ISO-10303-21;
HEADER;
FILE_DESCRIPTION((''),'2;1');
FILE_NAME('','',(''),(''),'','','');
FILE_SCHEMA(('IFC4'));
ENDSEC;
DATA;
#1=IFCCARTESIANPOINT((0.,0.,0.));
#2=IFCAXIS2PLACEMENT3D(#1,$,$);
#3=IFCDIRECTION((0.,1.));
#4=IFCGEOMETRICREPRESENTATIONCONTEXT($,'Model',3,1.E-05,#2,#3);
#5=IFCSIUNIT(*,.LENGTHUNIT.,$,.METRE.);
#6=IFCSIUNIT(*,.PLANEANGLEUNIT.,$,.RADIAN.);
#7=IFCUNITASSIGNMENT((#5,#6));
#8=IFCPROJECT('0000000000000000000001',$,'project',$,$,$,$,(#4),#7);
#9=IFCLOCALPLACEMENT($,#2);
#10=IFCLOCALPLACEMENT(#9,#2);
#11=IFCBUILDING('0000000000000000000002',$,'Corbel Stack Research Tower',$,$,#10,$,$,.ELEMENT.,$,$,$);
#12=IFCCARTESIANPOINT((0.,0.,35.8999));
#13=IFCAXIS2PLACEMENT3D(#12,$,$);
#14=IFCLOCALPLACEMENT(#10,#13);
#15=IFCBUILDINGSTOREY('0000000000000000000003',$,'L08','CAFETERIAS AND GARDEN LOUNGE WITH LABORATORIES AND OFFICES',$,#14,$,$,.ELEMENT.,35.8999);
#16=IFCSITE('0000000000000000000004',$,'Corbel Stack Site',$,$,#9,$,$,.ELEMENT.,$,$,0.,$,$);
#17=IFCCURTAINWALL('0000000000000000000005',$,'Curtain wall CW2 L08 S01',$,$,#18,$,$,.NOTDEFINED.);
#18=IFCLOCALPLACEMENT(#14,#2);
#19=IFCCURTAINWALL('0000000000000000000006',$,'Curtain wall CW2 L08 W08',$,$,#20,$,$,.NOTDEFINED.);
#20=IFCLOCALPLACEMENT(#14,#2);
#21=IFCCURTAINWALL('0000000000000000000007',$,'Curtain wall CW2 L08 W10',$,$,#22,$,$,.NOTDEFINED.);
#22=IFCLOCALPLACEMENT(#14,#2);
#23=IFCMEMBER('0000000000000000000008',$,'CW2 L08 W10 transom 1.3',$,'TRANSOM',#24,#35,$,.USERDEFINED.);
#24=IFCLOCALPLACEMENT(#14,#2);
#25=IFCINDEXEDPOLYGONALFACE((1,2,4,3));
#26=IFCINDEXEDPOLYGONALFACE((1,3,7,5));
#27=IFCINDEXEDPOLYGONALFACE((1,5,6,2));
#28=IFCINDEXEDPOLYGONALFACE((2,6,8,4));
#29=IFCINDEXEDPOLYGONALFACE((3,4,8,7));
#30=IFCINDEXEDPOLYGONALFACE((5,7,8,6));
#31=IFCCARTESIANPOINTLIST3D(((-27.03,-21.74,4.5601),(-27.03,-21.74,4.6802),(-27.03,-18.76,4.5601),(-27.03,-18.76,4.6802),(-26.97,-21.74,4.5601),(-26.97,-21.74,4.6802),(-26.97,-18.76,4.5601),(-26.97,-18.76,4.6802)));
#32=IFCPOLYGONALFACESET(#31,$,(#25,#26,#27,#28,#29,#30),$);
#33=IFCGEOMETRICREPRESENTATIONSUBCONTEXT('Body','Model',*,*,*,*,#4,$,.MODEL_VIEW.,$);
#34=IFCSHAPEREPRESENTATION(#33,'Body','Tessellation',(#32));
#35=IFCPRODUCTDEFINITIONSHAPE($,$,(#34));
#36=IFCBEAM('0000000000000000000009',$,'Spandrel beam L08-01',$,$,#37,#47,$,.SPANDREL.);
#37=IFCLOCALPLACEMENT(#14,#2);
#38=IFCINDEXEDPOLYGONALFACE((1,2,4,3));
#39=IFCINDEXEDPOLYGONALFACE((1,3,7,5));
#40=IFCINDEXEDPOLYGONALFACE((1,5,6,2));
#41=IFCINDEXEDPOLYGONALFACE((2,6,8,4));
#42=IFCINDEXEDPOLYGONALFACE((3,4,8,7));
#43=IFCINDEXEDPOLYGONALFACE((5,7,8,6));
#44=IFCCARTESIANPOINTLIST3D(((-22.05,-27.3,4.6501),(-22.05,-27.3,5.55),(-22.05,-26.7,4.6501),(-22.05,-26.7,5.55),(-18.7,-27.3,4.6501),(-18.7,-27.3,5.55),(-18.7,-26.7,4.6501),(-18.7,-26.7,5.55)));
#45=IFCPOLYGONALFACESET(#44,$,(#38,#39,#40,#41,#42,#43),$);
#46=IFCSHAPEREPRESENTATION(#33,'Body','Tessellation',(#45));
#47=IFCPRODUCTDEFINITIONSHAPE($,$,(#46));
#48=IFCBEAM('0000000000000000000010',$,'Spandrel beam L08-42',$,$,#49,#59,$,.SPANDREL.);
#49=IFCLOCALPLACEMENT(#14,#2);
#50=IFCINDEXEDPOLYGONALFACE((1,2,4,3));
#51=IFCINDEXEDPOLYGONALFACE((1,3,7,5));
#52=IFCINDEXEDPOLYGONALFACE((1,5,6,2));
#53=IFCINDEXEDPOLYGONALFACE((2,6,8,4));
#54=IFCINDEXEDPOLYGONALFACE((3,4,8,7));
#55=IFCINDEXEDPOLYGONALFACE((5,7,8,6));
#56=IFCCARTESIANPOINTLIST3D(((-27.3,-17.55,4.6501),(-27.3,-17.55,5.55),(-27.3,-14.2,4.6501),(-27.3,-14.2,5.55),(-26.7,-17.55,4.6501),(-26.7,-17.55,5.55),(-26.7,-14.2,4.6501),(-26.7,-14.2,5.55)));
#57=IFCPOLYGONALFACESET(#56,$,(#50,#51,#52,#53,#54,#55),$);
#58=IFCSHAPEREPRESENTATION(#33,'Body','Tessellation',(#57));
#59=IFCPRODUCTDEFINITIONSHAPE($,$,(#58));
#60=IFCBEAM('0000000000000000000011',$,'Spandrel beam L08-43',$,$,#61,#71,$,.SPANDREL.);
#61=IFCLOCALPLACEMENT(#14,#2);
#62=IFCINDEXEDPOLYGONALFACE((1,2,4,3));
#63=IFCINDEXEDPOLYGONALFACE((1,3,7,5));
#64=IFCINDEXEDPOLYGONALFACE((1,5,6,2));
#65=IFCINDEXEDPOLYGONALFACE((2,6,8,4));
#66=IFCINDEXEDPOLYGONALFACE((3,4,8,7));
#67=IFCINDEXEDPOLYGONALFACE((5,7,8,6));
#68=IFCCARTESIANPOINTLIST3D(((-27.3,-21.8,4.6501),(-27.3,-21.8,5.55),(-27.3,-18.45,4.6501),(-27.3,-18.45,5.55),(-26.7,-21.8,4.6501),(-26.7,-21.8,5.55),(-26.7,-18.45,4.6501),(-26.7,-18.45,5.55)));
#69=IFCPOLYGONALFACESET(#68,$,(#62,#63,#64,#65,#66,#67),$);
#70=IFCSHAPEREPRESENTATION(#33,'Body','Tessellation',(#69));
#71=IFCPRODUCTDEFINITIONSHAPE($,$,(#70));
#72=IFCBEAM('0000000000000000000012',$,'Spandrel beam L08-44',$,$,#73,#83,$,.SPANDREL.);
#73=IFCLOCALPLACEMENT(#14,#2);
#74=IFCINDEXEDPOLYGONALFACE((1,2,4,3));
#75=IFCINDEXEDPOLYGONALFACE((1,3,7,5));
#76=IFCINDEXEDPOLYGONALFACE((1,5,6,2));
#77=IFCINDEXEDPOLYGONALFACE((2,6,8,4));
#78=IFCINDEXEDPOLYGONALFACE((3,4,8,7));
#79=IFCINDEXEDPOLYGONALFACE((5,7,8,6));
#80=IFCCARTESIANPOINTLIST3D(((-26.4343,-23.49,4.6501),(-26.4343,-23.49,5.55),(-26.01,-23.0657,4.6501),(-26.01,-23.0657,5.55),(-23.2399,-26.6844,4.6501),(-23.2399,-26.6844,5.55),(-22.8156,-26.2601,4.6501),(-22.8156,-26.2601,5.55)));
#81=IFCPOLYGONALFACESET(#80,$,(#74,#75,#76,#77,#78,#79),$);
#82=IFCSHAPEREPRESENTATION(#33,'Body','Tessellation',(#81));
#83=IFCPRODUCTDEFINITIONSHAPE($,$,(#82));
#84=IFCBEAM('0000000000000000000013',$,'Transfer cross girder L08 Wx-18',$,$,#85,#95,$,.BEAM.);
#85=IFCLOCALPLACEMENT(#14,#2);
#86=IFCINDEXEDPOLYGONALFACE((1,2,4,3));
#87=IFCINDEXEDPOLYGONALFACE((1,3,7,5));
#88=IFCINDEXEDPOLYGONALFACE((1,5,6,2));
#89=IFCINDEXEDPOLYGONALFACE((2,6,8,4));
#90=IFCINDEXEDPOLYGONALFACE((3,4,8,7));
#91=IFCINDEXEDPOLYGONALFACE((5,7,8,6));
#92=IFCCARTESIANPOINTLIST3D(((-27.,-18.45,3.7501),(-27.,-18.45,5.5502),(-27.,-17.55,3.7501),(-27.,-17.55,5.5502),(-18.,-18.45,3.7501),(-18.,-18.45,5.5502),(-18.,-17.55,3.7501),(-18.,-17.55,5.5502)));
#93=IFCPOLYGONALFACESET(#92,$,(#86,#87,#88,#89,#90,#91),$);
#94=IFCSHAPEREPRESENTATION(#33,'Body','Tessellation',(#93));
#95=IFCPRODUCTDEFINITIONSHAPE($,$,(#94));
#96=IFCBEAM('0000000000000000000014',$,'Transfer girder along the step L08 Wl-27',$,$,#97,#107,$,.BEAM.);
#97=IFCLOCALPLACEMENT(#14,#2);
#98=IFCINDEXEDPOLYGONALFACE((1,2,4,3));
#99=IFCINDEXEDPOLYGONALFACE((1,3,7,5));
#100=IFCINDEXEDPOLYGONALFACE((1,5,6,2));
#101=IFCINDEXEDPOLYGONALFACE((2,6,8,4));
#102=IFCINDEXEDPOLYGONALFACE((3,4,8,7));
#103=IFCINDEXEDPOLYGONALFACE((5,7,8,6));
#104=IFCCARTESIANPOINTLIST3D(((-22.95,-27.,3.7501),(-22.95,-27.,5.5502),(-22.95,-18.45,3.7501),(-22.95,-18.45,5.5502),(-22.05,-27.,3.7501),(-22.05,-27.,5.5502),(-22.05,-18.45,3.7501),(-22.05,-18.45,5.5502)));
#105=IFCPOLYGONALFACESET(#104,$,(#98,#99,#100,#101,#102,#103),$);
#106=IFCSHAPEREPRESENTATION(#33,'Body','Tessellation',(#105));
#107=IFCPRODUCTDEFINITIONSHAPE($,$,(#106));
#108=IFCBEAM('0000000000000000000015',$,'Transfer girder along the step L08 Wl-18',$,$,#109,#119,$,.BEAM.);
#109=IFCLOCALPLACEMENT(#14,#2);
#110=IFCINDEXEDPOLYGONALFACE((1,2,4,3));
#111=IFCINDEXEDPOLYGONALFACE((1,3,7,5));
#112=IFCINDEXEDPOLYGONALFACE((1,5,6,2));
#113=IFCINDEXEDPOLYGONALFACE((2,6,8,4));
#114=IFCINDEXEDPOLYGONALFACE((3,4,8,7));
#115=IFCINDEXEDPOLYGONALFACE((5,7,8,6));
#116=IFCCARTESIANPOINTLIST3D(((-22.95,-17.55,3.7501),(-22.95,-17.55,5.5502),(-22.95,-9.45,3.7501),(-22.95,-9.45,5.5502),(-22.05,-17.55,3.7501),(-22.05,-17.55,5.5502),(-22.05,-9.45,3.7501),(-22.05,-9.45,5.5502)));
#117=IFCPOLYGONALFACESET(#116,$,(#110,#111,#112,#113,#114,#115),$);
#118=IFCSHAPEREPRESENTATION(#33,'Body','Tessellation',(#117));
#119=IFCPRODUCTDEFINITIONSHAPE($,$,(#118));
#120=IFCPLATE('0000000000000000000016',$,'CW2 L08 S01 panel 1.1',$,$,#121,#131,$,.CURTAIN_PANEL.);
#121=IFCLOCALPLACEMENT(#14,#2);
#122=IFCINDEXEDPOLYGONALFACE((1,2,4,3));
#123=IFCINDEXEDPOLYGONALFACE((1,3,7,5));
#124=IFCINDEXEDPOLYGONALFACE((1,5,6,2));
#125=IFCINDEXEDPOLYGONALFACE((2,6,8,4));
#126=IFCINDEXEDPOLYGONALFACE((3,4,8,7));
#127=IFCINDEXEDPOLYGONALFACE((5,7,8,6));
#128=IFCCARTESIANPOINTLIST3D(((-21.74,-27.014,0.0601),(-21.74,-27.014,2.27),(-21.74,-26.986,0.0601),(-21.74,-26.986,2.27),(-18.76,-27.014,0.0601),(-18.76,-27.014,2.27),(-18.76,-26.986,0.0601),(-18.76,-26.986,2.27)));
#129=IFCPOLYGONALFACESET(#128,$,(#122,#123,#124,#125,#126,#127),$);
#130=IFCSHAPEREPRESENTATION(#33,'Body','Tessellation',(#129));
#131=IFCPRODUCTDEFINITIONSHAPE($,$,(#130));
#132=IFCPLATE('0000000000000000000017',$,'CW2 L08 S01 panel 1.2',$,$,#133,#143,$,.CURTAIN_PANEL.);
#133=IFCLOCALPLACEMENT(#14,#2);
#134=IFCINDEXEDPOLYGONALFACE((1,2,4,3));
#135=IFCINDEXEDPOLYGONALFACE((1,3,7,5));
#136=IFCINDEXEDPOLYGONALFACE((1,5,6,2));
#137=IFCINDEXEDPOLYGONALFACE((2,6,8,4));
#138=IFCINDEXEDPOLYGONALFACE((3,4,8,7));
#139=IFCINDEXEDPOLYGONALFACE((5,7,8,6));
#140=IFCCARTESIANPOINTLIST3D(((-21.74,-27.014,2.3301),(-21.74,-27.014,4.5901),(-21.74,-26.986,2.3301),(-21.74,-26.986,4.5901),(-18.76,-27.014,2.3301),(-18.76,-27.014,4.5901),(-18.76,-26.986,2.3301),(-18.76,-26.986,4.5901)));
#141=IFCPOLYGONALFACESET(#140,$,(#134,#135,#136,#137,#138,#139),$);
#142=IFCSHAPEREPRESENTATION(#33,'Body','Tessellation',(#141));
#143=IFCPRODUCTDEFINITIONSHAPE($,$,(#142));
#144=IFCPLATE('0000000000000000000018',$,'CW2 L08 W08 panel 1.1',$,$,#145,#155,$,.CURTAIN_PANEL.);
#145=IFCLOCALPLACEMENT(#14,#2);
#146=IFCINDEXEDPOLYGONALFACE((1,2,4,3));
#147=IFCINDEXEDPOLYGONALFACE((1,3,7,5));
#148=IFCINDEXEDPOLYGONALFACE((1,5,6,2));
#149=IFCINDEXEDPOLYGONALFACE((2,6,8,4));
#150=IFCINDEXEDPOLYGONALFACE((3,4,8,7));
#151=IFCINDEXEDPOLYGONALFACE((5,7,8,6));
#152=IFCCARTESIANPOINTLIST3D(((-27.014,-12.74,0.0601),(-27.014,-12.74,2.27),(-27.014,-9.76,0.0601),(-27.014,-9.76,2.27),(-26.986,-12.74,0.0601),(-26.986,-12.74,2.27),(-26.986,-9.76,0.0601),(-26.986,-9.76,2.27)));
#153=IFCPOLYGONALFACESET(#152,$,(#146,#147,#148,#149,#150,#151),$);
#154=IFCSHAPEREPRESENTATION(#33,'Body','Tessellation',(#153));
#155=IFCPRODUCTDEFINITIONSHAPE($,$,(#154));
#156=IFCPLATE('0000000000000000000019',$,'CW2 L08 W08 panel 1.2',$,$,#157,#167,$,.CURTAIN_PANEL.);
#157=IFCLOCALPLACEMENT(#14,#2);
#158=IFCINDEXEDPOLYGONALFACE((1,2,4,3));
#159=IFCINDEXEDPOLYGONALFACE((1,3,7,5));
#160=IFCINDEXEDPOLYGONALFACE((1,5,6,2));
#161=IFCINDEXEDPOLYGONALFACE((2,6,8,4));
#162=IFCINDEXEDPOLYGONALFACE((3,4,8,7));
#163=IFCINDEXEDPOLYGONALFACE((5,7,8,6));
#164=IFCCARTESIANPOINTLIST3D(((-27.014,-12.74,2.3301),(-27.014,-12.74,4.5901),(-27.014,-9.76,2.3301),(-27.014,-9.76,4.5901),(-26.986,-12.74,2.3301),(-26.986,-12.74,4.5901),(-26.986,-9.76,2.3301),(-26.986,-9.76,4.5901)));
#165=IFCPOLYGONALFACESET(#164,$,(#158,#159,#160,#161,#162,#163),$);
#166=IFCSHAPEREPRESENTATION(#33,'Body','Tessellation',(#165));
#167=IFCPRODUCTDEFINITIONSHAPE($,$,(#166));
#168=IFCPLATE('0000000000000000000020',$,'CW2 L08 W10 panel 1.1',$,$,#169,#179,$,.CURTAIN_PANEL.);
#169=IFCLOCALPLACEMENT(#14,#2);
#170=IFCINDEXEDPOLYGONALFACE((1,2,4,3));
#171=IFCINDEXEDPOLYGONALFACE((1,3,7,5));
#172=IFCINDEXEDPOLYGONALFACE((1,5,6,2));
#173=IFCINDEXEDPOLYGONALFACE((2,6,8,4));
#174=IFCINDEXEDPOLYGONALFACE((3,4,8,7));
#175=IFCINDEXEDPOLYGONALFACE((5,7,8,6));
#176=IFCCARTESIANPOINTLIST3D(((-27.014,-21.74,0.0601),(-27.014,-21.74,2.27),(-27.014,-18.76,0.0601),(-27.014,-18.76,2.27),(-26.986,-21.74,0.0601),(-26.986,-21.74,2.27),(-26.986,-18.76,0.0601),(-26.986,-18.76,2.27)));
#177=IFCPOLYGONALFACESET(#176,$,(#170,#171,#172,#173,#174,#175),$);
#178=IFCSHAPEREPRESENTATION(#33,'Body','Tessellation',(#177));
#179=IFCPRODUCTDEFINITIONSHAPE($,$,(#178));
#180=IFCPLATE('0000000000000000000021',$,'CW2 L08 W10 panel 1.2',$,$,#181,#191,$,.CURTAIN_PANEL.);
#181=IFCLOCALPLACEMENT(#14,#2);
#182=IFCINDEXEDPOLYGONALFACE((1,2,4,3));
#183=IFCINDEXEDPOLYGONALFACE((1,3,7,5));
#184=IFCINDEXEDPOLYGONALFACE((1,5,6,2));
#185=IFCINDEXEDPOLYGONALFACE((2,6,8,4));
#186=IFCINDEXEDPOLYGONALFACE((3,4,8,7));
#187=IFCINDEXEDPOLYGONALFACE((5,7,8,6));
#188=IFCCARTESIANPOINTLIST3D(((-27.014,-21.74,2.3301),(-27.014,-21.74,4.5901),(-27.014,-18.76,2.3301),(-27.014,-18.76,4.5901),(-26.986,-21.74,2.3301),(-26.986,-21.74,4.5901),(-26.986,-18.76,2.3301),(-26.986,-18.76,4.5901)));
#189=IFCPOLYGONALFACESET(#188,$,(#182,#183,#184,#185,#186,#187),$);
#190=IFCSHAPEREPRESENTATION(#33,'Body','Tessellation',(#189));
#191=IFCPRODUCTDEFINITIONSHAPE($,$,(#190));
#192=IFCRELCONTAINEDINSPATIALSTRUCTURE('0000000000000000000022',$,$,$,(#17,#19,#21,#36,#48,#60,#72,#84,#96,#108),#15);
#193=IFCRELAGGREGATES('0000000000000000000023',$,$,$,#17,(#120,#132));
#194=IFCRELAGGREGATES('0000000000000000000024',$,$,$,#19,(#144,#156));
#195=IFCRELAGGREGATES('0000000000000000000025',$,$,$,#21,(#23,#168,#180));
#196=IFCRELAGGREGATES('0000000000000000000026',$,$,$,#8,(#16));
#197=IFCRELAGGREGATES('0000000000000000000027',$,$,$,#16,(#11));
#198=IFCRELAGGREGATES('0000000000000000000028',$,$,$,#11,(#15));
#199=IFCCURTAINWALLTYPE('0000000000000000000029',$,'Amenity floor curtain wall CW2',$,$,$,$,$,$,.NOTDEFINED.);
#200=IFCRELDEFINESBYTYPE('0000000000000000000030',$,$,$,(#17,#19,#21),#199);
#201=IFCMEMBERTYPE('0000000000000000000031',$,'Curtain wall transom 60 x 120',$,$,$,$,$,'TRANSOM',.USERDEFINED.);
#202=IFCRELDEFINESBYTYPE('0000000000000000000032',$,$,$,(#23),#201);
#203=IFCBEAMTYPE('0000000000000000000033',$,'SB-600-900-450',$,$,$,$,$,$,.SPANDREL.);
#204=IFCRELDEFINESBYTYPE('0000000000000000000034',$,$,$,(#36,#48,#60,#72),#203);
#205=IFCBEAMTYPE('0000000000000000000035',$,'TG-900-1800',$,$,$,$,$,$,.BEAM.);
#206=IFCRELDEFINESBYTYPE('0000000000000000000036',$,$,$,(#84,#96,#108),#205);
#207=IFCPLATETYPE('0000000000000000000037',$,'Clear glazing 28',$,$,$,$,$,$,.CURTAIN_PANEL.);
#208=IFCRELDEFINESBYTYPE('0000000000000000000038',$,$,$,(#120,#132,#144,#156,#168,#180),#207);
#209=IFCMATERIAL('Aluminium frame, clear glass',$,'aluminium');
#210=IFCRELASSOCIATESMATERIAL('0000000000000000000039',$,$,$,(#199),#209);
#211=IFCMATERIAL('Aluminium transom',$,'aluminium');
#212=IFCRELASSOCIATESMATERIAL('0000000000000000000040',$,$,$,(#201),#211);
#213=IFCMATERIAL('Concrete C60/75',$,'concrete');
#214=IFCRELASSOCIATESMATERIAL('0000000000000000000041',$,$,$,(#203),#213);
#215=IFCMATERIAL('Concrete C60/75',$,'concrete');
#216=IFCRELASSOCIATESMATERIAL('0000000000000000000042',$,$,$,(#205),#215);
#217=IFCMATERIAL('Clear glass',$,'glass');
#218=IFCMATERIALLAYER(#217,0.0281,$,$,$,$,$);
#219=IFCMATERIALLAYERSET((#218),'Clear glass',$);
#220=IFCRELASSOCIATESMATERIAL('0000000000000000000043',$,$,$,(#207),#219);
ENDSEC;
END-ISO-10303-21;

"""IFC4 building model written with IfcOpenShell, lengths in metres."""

from ifc_helpers import new_model, si_unit, direction, frame, origin, origin_2d, place, context, subcontext, project, spatial, rectangle, extrude, material, layer, layer_set, material_profile, profile_set, type_object, element, aggregate, save


model = new_model("IFC4")

# Units and contexts
model_context = context("Model", 3, precision=1e-05, world=origin(), true_north=direction((0.0, 1.0)))
body_context = subcontext(model_context, "Body", "Model", "MODEL_VIEW")
ifc_project = project(units=[si_unit("LENGTHUNIT", "METRE"), si_unit("PLANEANGLEUNIT", "RADIAN")], contexts=[model_context])

# Site, building, storey
site_placement = place(None, origin())
site = spatial("IfcSite", under=ifc_project, at=site_placement, Name="Corbel Stack Site", CompositionType="ELEMENT", RefElevation=0.0)
building_placement = place(site_placement, origin())
building = spatial("IfcBuilding", under=site, at=building_placement, Name="Corbel Stack Research Tower", CompositionType="ELEMENT")
storey_placement = place(building_placement, frame((0.0, 0.0, 35.8999)))
storey = spatial("IfcBuildingStorey", under=building, at=storey_placement, Name="L08", Description="CAFETERIAS AND GARDEN LOUNGE WITH LABORATORIES AND OFFICES", CompositionType="ELEMENT", Elevation=35.8999)

# Curtain wall
ifc_material_1 = material(Name="Aluminium frame, clear glass", Category="aluminium")
curtain_wall_type = type_object("IfcCurtainWallType", Name="Amenity floor curtain wall CW2", PredefinedType="NOTDEFINED", material=ifc_material_1)
curtain_wall_1_placement = place(storey_placement, origin())
curtain_wall_1 = element("IfcCurtainWall", 1, at=curtain_wall_1_placement, inside=storey, type_object=curtain_wall_type, Name="Curtain wall CW2 L08 S01", PredefinedType="NOTDEFINED")

# Curtain wall
curtain_wall_2_placement = place(storey_placement, origin())
curtain_wall_2 = element("IfcCurtainWall", 2, at=curtain_wall_2_placement, inside=storey, type_object=curtain_wall_type, Name="Curtain wall CW2 L08 W08", PredefinedType="NOTDEFINED")

# Curtain wall
curtain_wall_3_placement = place(storey_placement, origin())
curtain_wall_3 = element("IfcCurtainWall", 3, at=curtain_wall_3_placement, inside=storey, type_object=curtain_wall_type, Name="Curtain wall CW2 L08 W10", PredefinedType="NOTDEFINED")

# Member
ifc_material_2 = material(Name="Aluminium transom", Category="aluminium")
ifc_material_profile_1 = material_profile(ifc_material_2, rectangle(XDim=0.0601, YDim=0.1201, at=origin_2d()), Name="Transom 60 x 120")
ifc_profile_set_1 = profile_set([ifc_material_profile_1], Name="Aluminium transom")
member_type_1 = type_object("IfcMemberType", Name="Curtain wall transom 60 x 120", ElementType="TRANSOM", PredefinedType="USERDEFINED", material=ifc_profile_set_1)
member_1_placement = place(storey_placement, frame((-27.0, -18.76, 4.6201), z_axis=(0.0, -1.0, 0.0), x_axis=(1.0, 0.0, 0.0)))
member_1 = element("IfcMember", 4, at=member_1_placement, type_object=member_type_1, Name="CW2 L08 W10 transom 1.3", ObjectType="TRANSOM", PredefinedType="USERDEFINED", context=body_context, shape_type="SweptSolid", body=[
    extrude(rectangle(XDim=0.0601, YDim=0.1201, at=origin_2d()), origin(), (0.0, 0.0, 1.0), 2.98),
])

# Beams
ifc_material_3 = material(Name="Concrete C60/75", Category="concrete")
ifc_material_profile_2 = material_profile(ifc_material_3, rectangle(XDim=0.6001, YDim=0.8999, at=origin_2d()), Name="RC 600 x 900")
ifc_profile_set_2 = profile_set([ifc_material_profile_2], Name="Concrete C60/75")
beam_type_1 = type_object("IfcBeamType", Name="SB-600-900-450", PredefinedType="SPANDREL", material=ifc_profile_set_2)
for number, where, z_axis, x_axis, name in (
    (5, (-22.05, -27.0, 5.1001), (1.0, 0.0, 0.0), (0.0, 1.0, 0.0), "Spandrel beam L08-01"),
    (6, (-27.0, -14.2, 5.1001), (0.0, -1.0, 0.0), (1.0, 0.0, 0.0), "Spandrel beam L08-42"),
    (7, (-27.0, -18.45, 5.1001), (0.0, -1.0, 0.0), (1.0, 0.0, 0.0), "Spandrel beam L08-43"),
):
    element("IfcBeam", number, at=place(storey_placement, frame(where, z_axis=z_axis, x_axis=x_axis)), inside=storey, type_object=beam_type_1, Name=name, PredefinedType="SPANDREL", context=body_context, shape_type="SweptSolid", body=[
        extrude(rectangle(XDim=0.6001, YDim=0.8999, at=origin_2d()), origin(), (0.0, 0.0, 1.0), 3.3501),
    ])
beam_1_placement = place(storey_placement, frame((-26.2222, -23.2778, 5.1001), z_axis=(0.707107, -0.707107, 0.0), x_axis=(0.707107, 0.707107, 0.0)))
element("IfcBeam", 8, at=beam_1_placement, inside=storey, type_object=beam_type_1, Name="Spandrel beam L08-44", PredefinedType="SPANDREL", context=body_context, shape_type="SweptSolid", body=[
    extrude(rectangle(XDim=0.6001, YDim=0.8999, at=origin_2d()), origin(), (0.0, 0.0, 1.0), 4.5176),
])
ifc_material_4 = material(Name="Concrete C60/75", Category="concrete")
ifc_material_profile_3 = material_profile(ifc_material_4, rectangle(XDim=0.8999, YDim=1.8, at=origin_2d()), Name="RC 900 x 1800")
ifc_profile_set_3 = profile_set([ifc_material_profile_3], Name="Concrete C60/75")
beam_type_2 = type_object("IfcBeamType", Name="TG-900-1800", PredefinedType="BEAM", material=ifc_profile_set_3)
beam_2_placement = place(storey_placement, frame((-27.0, -18.0, 4.6501), z_axis=(1.0, 0.0, 0.0), x_axis=(0.0, 1.0, 0.0)))
element("IfcBeam", 9, at=beam_2_placement, inside=storey, type_object=beam_type_2, Name="Transfer cross girder L08 Wx-18", PredefinedType="BEAM", context=body_context, shape_type="SweptSolid", body=[
    extrude(rectangle(XDim=0.8999, YDim=1.8, at=origin_2d()), origin(), (0.0, 0.0, 1.0), 9.0),
])
beam_3_placement = place(storey_placement, frame((-22.5, -27.0, 4.6501), z_axis=(0.0, 1.0, 0.0), x_axis=(-1.0, 0.0, 0.0)))
element("IfcBeam", 10, at=beam_3_placement, inside=storey, type_object=beam_type_2, Name="Transfer girder along the step L08 Wl-27", PredefinedType="BEAM", context=body_context, shape_type="SweptSolid", body=[
    extrude(rectangle(XDim=0.8999, YDim=1.8, at=origin_2d()), origin(), (0.0, 0.0, 1.0), 8.55),
])
beam_4_placement = place(storey_placement, frame((-22.5, -17.55, 4.6501), z_axis=(0.0, 1.0, 0.0), x_axis=(-1.0, 0.0, 0.0)))
element("IfcBeam", 11, at=beam_4_placement, inside=storey, type_object=beam_type_2, Name="Transfer girder along the step L08 Wl-18", PredefinedType="BEAM", context=body_context, shape_type="SweptSolid", body=[
    extrude(rectangle(XDim=0.8999, YDim=1.8, at=origin_2d()), origin(), (0.0, 0.0, 1.0), 8.1001),
])

# Plates
ifc_material_5 = material(Name="Clear glass", Category="glass")
ifc_layer_1 = layer(ifc_material_5, 0.0281)
ifc_layer_set_1 = layer_set([ifc_layer_1], Name="Clear glass")
plate_type = type_object("IfcPlateType", Name="Clear glazing 28", PredefinedType="CURTAIN_PANEL", material=ifc_layer_set_1)
plate_1_placement = place(storey_placement, frame((-20.25, -27.0, 0.0601), z_axis=(0.0, 0.0, 1.0), x_axis=(1.0, 0.0, 0.0)))
plate_1 = element("IfcPlate", 12, at=plate_1_placement, type_object=plate_type, Name="CW2 L08 S01 panel 1.1", PredefinedType="CURTAIN_PANEL", context=body_context, shape_type="SweptSolid", body=[
    extrude(rectangle(XDim=2.98, YDim=0.0281, at=origin_2d()), origin(), (0.0, 0.0, 1.0), 2.21),
])
plate_2_placement = place(storey_placement, frame((-20.25, -27.0, 2.3301), z_axis=(0.0, 0.0, 1.0), x_axis=(1.0, 0.0, 0.0)))
plate_2 = element("IfcPlate", 13, at=plate_2_placement, type_object=plate_type, Name="CW2 L08 S01 panel 1.2", PredefinedType="CURTAIN_PANEL", context=body_context, shape_type="SweptSolid", body=[
    extrude(rectangle(XDim=2.98, YDim=0.0281, at=origin_2d()), origin(), (0.0, 0.0, 1.0), 2.26),
])
aggregate(curtain_wall_1, [plate_1, plate_2])
plate_3_placement = place(storey_placement, frame((-27.0, -11.25, 0.0601), z_axis=(0.0, 0.0, 1.0), x_axis=(0.0, -1.0, 0.0)))
plate_3 = element("IfcPlate", 14, at=plate_3_placement, type_object=plate_type, Name="CW2 L08 W08 panel 1.1", PredefinedType="CURTAIN_PANEL", context=body_context, shape_type="SweptSolid", body=[
    extrude(rectangle(XDim=2.98, YDim=0.0281, at=origin_2d()), origin(), (0.0, 0.0, 1.0), 2.21),
])
plate_4_placement = place(storey_placement, frame((-27.0, -11.25, 2.3301), z_axis=(0.0, 0.0, 1.0), x_axis=(0.0, -1.0, 0.0)))
plate_4 = element("IfcPlate", 15, at=plate_4_placement, type_object=plate_type, Name="CW2 L08 W08 panel 1.2", PredefinedType="CURTAIN_PANEL", context=body_context, shape_type="SweptSolid", body=[
    extrude(rectangle(XDim=2.98, YDim=0.0281, at=origin_2d()), origin(), (0.0, 0.0, 1.0), 2.26),
])
aggregate(curtain_wall_2, [plate_3, plate_4])
plate_5_placement = place(storey_placement, frame((-27.0, -20.25, 0.0601), z_axis=(0.0, 0.0, 1.0), x_axis=(0.0, -1.0, 0.0)))
plate_5 = element("IfcPlate", 16, at=plate_5_placement, type_object=plate_type, Name="CW2 L08 W10 panel 1.1", PredefinedType="CURTAIN_PANEL", context=body_context, shape_type="SweptSolid", body=[
    extrude(rectangle(XDim=2.98, YDim=0.0281, at=origin_2d()), origin(), (0.0, 0.0, 1.0), 2.21),
])
plate_6_placement = place(storey_placement, frame((-27.0, -20.25, 2.3301), z_axis=(0.0, 0.0, 1.0), x_axis=(0.0, -1.0, 0.0)))
plate_6 = element("IfcPlate", 17, at=plate_6_placement, type_object=plate_type, Name="CW2 L08 W10 panel 1.2", PredefinedType="CURTAIN_PANEL", context=body_context, shape_type="SweptSolid", body=[
    extrude(rectangle(XDim=2.98, YDim=0.0281, at=origin_2d()), origin(), (0.0, 0.0, 1.0), 2.26),
])
aggregate(curtain_wall_3, [member_1, plate_5, plate_6])

save(model, "model.ifc")
